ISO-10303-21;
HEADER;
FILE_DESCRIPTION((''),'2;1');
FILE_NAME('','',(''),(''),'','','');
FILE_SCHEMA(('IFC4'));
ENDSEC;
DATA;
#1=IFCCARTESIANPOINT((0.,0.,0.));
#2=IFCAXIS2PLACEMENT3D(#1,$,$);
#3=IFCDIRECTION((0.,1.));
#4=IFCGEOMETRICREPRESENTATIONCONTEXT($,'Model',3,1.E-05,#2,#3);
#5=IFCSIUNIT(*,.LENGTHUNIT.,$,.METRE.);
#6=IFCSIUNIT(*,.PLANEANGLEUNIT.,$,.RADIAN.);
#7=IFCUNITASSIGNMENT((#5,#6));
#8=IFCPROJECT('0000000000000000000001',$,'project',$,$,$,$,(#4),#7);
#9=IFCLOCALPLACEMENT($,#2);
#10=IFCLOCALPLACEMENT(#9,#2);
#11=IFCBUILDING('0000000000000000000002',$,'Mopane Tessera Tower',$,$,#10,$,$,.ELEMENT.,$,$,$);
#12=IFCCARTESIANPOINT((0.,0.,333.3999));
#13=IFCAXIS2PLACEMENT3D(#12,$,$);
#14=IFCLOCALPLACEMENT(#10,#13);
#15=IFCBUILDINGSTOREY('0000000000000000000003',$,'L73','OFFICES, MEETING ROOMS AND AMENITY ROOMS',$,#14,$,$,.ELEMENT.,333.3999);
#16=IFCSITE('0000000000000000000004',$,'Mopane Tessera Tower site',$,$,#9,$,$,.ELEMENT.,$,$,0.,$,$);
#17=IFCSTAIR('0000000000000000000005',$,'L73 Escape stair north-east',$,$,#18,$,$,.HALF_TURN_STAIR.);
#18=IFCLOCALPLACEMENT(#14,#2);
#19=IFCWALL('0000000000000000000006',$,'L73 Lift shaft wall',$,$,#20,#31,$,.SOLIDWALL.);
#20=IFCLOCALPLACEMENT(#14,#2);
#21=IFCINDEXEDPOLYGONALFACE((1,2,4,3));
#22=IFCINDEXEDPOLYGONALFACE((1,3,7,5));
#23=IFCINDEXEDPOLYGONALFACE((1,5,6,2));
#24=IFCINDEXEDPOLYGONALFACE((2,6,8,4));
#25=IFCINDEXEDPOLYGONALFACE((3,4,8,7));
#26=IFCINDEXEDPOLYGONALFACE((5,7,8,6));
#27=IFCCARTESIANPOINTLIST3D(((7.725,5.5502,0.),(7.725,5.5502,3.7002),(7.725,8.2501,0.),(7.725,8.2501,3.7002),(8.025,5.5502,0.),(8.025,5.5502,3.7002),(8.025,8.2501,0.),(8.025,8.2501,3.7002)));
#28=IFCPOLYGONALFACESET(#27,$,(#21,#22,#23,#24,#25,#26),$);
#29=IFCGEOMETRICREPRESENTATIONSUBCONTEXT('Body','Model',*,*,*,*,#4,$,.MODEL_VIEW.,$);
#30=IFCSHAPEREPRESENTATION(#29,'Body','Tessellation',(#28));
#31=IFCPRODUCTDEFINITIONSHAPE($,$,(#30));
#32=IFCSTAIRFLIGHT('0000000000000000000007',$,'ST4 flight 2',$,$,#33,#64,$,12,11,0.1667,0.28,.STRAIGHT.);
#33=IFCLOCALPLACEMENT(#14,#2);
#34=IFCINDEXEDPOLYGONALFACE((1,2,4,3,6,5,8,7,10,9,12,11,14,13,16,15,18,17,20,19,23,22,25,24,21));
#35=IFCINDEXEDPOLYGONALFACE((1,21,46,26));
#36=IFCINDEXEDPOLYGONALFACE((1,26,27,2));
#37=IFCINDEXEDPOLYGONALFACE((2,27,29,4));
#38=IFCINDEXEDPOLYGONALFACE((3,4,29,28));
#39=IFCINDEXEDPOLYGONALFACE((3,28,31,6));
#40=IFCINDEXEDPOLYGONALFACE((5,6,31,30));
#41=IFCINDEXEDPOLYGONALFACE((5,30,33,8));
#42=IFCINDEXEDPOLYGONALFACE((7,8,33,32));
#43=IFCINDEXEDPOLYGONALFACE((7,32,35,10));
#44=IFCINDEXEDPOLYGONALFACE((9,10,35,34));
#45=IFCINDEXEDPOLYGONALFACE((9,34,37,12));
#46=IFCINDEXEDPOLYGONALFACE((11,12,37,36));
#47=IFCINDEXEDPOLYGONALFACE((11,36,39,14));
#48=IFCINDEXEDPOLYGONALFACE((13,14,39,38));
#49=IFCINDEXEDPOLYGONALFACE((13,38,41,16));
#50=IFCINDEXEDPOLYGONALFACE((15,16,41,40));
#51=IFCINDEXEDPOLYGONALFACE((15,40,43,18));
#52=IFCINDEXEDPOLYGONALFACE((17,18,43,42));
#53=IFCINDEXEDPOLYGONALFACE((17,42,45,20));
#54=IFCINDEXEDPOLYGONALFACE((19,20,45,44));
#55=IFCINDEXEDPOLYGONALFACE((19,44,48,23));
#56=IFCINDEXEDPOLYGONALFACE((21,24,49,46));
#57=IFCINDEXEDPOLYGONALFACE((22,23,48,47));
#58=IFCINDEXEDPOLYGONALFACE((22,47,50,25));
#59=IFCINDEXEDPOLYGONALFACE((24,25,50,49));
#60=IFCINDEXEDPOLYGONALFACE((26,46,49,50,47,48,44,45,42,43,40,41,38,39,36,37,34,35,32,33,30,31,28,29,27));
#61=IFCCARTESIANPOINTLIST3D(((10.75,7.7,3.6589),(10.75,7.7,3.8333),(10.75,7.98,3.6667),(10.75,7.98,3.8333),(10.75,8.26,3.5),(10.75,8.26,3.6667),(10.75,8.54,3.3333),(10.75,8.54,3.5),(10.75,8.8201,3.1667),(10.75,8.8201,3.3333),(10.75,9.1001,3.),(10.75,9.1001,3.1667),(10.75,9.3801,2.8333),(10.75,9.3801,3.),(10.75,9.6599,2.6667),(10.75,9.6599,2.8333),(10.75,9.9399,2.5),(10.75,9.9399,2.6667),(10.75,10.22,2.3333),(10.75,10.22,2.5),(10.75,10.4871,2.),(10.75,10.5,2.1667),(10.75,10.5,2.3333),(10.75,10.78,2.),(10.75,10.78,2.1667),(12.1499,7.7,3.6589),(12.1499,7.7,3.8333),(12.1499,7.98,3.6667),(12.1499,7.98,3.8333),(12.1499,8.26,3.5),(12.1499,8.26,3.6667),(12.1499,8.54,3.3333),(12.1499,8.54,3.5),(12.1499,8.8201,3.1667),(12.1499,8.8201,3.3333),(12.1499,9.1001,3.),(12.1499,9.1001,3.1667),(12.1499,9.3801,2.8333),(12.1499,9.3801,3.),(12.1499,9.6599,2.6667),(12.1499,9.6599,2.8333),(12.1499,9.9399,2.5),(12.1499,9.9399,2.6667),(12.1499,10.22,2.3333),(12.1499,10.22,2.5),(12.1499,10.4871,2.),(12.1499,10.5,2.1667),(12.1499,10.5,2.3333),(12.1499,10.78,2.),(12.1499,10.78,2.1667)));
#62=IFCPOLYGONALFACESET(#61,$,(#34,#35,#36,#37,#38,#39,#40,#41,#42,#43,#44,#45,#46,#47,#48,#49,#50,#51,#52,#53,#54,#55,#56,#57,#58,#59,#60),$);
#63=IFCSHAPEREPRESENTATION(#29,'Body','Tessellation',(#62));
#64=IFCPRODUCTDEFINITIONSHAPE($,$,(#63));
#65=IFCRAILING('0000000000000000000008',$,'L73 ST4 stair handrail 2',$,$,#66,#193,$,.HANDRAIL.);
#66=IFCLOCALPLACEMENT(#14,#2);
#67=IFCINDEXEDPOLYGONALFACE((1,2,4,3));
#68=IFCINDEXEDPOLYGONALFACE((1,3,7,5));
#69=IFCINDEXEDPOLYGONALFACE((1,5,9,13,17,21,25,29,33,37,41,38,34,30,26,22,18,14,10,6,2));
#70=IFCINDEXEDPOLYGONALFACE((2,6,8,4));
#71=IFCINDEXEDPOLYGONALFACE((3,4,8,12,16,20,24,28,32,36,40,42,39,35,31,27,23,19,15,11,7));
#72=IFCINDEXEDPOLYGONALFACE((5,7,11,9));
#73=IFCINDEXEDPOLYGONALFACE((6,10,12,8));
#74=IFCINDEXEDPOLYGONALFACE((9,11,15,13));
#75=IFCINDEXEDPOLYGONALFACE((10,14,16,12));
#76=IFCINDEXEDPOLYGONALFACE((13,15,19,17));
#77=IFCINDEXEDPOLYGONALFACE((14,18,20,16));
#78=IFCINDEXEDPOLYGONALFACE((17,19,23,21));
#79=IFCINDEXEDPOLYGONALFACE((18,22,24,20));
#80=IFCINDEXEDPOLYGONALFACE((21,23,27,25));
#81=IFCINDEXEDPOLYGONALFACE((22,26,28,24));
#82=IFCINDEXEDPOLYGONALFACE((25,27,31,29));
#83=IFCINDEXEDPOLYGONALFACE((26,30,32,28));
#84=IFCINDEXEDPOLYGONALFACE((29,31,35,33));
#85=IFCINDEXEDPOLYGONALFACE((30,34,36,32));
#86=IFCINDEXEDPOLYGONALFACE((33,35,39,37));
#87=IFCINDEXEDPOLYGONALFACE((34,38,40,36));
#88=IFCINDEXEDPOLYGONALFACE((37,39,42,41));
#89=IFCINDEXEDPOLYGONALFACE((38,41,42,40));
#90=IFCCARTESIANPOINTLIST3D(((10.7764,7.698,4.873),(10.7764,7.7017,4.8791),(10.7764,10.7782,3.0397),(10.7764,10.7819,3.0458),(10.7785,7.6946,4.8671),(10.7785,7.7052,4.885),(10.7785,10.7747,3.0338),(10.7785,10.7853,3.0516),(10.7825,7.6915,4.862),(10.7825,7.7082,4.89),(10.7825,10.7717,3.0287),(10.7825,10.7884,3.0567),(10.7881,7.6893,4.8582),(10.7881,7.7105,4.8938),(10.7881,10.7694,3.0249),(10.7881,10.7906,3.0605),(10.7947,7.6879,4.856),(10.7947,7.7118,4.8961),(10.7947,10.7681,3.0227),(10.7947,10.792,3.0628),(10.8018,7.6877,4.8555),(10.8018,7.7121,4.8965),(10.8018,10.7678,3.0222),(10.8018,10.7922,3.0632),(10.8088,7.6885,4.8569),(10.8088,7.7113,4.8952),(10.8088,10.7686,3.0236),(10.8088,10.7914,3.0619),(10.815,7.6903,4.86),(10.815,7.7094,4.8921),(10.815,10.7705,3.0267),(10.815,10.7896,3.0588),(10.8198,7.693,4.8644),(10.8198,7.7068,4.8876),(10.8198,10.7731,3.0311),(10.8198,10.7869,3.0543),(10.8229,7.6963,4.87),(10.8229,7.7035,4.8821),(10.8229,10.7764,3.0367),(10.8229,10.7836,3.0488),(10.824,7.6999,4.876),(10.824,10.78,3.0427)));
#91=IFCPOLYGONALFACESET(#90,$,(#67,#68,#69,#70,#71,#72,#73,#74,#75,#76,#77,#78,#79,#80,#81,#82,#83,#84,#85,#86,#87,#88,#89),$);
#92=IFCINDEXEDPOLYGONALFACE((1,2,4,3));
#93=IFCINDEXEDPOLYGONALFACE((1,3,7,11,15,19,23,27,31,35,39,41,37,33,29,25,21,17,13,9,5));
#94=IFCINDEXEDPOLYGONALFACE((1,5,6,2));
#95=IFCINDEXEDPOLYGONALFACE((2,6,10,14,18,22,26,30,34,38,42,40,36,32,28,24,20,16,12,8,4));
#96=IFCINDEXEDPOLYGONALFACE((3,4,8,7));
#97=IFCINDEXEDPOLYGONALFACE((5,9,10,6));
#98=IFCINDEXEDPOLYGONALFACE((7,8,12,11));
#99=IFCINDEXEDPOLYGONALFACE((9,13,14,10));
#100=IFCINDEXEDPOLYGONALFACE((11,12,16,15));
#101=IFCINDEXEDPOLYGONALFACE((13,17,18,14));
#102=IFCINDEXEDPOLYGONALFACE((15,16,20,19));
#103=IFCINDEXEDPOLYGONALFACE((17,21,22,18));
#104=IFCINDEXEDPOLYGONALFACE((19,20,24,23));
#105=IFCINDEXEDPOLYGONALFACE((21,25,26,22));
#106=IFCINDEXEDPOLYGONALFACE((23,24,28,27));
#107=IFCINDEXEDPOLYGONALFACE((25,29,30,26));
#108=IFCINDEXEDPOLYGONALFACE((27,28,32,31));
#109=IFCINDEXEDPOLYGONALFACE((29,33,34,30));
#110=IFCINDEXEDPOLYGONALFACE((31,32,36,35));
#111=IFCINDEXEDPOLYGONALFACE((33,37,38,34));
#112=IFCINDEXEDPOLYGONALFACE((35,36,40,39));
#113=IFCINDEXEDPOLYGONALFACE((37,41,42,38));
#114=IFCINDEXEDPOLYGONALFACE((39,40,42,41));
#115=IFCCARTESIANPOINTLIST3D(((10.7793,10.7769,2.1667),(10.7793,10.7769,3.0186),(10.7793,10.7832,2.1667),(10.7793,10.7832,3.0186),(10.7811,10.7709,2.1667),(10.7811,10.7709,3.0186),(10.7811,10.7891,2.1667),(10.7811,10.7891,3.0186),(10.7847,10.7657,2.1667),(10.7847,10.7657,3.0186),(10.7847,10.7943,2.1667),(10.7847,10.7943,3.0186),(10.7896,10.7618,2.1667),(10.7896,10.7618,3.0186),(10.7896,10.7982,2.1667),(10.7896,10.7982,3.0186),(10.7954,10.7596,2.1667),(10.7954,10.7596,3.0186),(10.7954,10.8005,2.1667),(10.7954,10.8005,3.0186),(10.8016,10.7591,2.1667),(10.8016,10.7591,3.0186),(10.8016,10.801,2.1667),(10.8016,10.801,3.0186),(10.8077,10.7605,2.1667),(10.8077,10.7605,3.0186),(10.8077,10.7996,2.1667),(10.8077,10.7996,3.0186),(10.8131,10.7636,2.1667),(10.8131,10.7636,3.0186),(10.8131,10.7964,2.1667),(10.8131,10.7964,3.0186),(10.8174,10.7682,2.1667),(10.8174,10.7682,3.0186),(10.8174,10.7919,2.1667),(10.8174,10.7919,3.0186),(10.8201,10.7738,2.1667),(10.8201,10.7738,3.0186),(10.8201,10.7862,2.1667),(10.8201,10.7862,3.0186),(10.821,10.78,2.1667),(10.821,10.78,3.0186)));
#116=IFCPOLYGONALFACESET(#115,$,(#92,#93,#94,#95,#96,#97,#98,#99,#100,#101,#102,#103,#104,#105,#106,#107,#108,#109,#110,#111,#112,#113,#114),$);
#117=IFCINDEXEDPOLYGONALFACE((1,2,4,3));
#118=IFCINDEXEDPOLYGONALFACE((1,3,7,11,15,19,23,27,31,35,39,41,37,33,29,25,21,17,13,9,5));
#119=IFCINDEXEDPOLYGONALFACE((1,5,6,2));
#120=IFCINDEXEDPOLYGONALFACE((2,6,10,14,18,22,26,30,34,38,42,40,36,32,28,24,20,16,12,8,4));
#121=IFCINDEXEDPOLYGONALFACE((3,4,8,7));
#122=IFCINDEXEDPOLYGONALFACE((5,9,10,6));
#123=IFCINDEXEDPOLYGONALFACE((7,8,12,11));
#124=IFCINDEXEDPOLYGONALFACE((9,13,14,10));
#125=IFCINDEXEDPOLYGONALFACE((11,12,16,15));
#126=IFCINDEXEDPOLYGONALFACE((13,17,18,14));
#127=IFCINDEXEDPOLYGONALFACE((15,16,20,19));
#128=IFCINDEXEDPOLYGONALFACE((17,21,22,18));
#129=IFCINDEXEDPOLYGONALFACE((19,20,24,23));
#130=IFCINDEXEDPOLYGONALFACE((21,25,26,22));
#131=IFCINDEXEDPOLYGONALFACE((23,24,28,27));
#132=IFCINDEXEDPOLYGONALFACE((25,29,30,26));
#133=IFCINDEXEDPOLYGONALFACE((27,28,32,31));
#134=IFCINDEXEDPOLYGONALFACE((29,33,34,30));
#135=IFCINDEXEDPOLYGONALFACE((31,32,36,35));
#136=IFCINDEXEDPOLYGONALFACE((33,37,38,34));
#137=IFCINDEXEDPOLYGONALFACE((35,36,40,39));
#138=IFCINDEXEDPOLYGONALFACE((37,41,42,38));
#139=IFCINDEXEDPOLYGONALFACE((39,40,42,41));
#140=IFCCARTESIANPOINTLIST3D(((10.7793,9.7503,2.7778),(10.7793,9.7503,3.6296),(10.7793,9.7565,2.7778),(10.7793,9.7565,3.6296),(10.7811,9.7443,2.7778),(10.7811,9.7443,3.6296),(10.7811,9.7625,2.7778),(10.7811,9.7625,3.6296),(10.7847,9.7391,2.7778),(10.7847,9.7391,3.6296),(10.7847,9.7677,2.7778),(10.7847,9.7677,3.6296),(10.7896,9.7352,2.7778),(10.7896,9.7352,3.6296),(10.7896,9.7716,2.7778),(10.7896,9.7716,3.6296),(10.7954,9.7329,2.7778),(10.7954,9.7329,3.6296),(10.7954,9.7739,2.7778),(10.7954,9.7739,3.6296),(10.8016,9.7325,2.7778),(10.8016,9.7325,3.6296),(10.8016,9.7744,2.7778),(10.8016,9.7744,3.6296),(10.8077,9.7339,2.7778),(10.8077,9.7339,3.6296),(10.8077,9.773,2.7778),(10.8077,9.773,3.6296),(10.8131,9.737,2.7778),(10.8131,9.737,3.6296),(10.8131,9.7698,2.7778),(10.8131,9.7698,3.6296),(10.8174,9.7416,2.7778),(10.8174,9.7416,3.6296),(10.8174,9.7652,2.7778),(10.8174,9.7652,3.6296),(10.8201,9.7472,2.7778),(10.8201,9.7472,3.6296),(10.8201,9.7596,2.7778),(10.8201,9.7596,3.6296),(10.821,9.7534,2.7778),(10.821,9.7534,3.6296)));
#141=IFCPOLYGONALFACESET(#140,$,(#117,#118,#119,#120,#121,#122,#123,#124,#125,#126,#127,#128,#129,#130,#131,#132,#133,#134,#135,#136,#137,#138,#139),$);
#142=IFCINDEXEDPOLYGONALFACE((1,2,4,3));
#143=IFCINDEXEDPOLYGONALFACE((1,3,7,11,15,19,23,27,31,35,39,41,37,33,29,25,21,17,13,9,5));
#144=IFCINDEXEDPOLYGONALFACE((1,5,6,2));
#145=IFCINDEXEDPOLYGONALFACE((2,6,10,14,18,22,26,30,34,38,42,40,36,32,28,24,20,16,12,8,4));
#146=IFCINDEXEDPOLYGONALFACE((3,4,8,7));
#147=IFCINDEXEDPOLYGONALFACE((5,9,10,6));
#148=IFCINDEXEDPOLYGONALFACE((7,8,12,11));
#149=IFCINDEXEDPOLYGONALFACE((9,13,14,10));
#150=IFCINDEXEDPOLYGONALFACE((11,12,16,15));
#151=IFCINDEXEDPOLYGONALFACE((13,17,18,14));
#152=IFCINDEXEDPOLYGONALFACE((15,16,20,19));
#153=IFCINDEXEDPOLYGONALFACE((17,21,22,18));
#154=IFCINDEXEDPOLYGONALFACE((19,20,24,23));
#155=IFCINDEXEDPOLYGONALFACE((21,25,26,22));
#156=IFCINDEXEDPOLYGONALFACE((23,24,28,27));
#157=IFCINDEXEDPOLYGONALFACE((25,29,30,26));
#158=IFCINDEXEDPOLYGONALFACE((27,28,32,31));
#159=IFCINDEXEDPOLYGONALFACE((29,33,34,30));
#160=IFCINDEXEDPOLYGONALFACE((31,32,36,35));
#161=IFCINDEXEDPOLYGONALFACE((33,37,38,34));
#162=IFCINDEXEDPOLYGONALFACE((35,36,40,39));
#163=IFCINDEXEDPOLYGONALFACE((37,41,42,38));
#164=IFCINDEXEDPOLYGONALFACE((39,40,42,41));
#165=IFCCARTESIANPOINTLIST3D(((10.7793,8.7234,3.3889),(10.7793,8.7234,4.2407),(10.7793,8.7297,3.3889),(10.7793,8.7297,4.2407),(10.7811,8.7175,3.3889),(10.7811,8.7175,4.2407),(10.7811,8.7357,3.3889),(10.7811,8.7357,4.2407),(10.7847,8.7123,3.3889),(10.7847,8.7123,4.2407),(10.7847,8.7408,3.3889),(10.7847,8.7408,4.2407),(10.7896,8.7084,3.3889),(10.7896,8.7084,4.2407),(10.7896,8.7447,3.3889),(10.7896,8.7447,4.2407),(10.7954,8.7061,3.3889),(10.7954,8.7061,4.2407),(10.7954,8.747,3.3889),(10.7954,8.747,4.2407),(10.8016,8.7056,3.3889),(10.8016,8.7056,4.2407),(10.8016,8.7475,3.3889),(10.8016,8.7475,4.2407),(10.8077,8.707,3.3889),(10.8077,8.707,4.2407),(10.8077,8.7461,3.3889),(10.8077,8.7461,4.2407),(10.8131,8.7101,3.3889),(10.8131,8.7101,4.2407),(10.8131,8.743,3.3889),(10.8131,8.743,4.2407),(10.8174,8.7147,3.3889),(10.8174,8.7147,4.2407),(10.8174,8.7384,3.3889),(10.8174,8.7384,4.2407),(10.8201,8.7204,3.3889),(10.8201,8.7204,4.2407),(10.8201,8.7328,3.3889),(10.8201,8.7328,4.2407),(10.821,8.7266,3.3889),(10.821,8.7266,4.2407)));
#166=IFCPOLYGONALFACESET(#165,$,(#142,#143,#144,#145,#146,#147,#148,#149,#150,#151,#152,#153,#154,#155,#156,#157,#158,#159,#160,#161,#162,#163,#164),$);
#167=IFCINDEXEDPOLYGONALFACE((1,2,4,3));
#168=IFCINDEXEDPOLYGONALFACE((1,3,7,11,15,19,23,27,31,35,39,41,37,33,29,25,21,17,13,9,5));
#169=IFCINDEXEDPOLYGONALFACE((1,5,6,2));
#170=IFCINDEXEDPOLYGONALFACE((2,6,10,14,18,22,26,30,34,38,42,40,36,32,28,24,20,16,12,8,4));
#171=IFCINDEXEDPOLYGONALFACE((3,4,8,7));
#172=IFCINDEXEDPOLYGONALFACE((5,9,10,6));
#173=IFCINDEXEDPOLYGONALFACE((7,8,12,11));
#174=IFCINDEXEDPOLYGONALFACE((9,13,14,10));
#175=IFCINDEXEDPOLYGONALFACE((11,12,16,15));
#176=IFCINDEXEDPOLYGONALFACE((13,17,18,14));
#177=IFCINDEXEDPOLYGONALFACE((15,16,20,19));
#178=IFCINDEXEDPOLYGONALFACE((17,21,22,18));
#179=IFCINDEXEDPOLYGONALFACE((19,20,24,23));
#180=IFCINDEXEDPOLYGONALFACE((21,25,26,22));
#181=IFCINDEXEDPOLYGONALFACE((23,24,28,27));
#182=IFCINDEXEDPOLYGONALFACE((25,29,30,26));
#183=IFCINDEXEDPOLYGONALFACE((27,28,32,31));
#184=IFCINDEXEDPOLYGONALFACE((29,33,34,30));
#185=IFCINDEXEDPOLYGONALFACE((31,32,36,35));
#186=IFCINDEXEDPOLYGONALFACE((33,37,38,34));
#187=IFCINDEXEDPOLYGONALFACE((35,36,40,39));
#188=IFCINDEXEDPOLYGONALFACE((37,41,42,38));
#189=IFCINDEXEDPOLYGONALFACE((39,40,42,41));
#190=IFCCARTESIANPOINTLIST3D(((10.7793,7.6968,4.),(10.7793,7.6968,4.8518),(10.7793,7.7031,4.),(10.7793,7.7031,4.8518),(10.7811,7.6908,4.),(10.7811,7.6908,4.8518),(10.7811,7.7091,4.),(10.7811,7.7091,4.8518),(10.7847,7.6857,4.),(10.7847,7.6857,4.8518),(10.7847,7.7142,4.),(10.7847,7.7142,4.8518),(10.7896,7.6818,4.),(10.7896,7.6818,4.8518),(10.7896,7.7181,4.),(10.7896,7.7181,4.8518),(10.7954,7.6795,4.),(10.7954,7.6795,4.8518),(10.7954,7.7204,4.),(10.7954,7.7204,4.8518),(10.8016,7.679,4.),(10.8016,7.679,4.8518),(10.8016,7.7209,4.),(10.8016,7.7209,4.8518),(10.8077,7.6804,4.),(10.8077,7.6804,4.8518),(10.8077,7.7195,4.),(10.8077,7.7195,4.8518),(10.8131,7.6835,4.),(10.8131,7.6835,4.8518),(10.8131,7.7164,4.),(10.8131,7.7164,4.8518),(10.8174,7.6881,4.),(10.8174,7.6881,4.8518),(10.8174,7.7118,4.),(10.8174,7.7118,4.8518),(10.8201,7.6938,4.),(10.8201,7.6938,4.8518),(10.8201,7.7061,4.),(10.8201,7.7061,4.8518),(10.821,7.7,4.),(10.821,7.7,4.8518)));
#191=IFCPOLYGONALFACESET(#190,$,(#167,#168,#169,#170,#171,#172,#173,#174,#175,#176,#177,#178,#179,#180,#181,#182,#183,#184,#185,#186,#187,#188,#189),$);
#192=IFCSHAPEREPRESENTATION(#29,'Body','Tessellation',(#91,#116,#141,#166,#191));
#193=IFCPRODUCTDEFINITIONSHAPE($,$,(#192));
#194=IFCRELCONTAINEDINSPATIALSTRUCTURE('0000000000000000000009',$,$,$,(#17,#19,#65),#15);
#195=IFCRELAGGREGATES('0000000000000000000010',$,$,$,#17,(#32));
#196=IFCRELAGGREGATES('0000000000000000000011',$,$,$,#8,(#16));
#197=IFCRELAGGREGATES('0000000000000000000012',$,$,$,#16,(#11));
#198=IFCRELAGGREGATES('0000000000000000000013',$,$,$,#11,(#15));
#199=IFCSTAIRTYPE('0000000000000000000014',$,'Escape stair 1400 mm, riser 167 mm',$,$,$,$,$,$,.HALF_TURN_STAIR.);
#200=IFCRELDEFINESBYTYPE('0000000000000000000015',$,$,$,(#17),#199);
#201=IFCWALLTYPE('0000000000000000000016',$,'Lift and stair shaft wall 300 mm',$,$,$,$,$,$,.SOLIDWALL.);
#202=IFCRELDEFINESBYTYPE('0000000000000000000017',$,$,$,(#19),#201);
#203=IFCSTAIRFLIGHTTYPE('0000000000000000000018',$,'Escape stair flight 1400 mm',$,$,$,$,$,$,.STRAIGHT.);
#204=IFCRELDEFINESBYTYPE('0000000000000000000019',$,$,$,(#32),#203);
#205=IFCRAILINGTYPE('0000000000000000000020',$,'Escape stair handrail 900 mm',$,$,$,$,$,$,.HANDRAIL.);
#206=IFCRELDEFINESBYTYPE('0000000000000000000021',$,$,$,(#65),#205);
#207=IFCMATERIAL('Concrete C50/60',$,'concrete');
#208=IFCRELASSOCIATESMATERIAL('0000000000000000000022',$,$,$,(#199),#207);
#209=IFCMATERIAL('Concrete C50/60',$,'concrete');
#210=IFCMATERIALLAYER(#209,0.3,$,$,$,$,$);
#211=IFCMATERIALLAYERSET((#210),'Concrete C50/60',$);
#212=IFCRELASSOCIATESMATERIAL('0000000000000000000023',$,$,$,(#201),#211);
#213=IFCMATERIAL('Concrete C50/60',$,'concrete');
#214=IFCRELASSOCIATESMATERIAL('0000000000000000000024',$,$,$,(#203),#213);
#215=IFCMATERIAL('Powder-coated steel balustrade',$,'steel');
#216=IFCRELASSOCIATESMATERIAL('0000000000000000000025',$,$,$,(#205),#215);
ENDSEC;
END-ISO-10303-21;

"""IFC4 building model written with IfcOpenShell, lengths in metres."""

from ifc_helpers import new_model, si_unit, direction, frame, frame_2d, origin, origin_2d, place, context, subcontext, project, spatial, polyline, rectangle, circle, outline, extrude, material, layer, layer_set, type_object, element, aggregate, save


model = new_model("IFC4")

# Units and contexts
model_context = context("Model", 3, precision=1e-05, world=origin(), true_north=direction((0.0, 1.0)))
body_context = subcontext(model_context, "Body", "Model", "MODEL_VIEW")
ifc_project = project(units=[si_unit("LENGTHUNIT", "METRE"), si_unit("PLANEANGLEUNIT", "RADIAN")], contexts=[model_context])

# Site, building, storey
site_placement = place(None, origin())
site = spatial("IfcSite", under=ifc_project, at=site_placement, Name="Mopane Tessera Tower site", CompositionType="ELEMENT", RefElevation=0.0)
building_placement = place(site_placement, origin())
building = spatial("IfcBuilding", under=site, at=building_placement, Name="Mopane Tessera Tower", CompositionType="ELEMENT")
storey_placement = place(building_placement, frame((0.0, 0.0, 333.3999)))
storey = spatial("IfcBuildingStorey", under=building, at=storey_placement, Name="L73", Description="OFFICES, MEETING ROOMS AND AMENITY ROOMS", CompositionType="ELEMENT", Elevation=333.3999)

# Stair
ifc_material_1 = material(Name="Concrete C50/60", Category="concrete")
stair_type = type_object("IfcStairType", Name="Escape stair 1400 mm, riser 167 mm", PredefinedType="HALF_TURN_STAIR", material=ifc_material_1)
stair_1_placement = place(storey_placement, origin())
stair_1 = element("IfcStair", 1, at=stair_1_placement, inside=storey, type_object=stair_type, Name="L73 Escape stair north-east", PredefinedType="HALF_TURN_STAIR")

# Shared definitions
ifc_material_2 = material(Name="Concrete C50/60", Category="concrete")
ifc_layer_1 = layer(ifc_material_2, 0.3)
ifc_layer_set_1 = layer_set([ifc_layer_1], Name="Concrete C50/60")
wall_type_1 = type_object("IfcWallType", Name="Lift and stair shaft wall 300 mm", PredefinedType="SOLIDWALL", material=ifc_layer_set_1)

# Wall
for number, where, z_axis, x_axis, name in (
    (2, (7.875, 5.55, 0.0), (0.0, 0.0, 1.0), (0.0, 1.0, 0.0), "L73 Lift shaft wall"),
):
    element("IfcWall", number, at=place(storey_placement, frame(where, z_axis=z_axis, x_axis=x_axis)), inside=storey, type_object=wall_type_1, Name=name, PredefinedType="SOLIDWALL", context=body_context, shape_type="SweptSolid", body=[
        extrude(rectangle(XDim=2.7, YDim=0.3, at=frame_2d((1.3501, 0.0))), origin(), (0.0, 0.0, 1.0), 3.7002),
    ])

# Stair flight
ifc_material_3 = material(Name="Concrete C50/60", Category="concrete")
stair_flight_type = type_object("IfcStairFlightType", Name="Escape stair flight 1400 mm", PredefinedType="STRAIGHT", material=ifc_material_3)
stair_flight_placement = place(storey_placement, frame((11.45, 10.78, 2.0), z_axis=(0.0, 0.0, 1.0), x_axis=(0.0, -1.0, 0.0)))
stair_flight = element("IfcStairFlight", 3, at=stair_flight_placement, type_object=stair_flight_type, Name="ST4 flight 2", NumberOfRisers=12, NumberOfTreads=11, PredefinedType="STRAIGHT", RiserHeight=0.1667, TreadLength=0.28, context=body_context, shape_type="SweptSolid", body=[
    extrude(outline(polyline([(0.0, 0.0), (0.0, 0.1667), (0.28, 0.1667), (0.28, 0.3333), (0.5601, 0.3333), (0.5601, 0.5), (0.8401, 0.5), (0.8401, 0.6667), (1.1201, 0.6667), (1.1201, 0.8333), (1.3999, 0.8333), (1.3999, 1.0), (1.6799, 1.0), (1.6799, 1.1667), (1.96, 1.1667), (1.96, 1.3333), (2.24, 1.3333), (2.24, 1.5), (2.52, 1.5), (2.52, 1.6667), (2.8, 1.6667), (2.8, 1.8333), (3.0801, 1.8333), (3.0801, 2.0), (3.0801, 1.6589), (0.293, 0.0), (0.0, 0.0)])), frame((0.0, 0.7, 0.0), z_axis=(0.0, -1.0, 0.0), x_axis=(1.0, 0.0, 0.0)), (0.0, 0.0, 1.0), 1.3999),
])
aggregate(stair_1, [stair_flight])

# Railing
ifc_material_4 = material(Name="Powder-coated steel balustrade", Category="steel")
railing_type = type_object("IfcRailingType", Name="Escape stair handrail 900 mm", PredefinedType="HANDRAIL", material=ifc_material_4)
railing_placement = place(storey_placement, frame((10.8, 10.78, 2.1667)))
element("IfcRailing", 4, at=railing_placement, inside=storey, type_object=railing_type, Name="L73 ST4 stair handrail 2", PredefinedType="HANDRAIL", context=body_context, shape_type="SweptSolid", body=[
    extrude(circle(Radius=0.0239, at=origin_2d()), frame((0.0, 0.0, 0.876), z_axis=(0.0, -0.859309, 0.511458), x_axis=(1.0, 0.0, 0.0)), (0.0, 0.0, 1.0), 3.5845),
    extrude(circle(Radius=0.021, at=origin_2d()), origin(), (0.0, 0.0, 1.0), 0.8518),
    extrude(circle(Radius=0.021, at=origin_2d()), frame((0.0, -1.0266, 0.6111)), (0.0, 0.0, 1.0), 0.8518),
    extrude(circle(Radius=0.021, at=origin_2d()), frame((0.0, -2.0535, 1.2222)), (0.0, 0.0, 1.0), 0.8518),
    extrude(circle(Radius=0.021, at=origin_2d()), frame((0.0, -3.0801, 1.8333)), (0.0, 0.0, 1.0), 0.8518),
])

save(model, "model.ifc")
